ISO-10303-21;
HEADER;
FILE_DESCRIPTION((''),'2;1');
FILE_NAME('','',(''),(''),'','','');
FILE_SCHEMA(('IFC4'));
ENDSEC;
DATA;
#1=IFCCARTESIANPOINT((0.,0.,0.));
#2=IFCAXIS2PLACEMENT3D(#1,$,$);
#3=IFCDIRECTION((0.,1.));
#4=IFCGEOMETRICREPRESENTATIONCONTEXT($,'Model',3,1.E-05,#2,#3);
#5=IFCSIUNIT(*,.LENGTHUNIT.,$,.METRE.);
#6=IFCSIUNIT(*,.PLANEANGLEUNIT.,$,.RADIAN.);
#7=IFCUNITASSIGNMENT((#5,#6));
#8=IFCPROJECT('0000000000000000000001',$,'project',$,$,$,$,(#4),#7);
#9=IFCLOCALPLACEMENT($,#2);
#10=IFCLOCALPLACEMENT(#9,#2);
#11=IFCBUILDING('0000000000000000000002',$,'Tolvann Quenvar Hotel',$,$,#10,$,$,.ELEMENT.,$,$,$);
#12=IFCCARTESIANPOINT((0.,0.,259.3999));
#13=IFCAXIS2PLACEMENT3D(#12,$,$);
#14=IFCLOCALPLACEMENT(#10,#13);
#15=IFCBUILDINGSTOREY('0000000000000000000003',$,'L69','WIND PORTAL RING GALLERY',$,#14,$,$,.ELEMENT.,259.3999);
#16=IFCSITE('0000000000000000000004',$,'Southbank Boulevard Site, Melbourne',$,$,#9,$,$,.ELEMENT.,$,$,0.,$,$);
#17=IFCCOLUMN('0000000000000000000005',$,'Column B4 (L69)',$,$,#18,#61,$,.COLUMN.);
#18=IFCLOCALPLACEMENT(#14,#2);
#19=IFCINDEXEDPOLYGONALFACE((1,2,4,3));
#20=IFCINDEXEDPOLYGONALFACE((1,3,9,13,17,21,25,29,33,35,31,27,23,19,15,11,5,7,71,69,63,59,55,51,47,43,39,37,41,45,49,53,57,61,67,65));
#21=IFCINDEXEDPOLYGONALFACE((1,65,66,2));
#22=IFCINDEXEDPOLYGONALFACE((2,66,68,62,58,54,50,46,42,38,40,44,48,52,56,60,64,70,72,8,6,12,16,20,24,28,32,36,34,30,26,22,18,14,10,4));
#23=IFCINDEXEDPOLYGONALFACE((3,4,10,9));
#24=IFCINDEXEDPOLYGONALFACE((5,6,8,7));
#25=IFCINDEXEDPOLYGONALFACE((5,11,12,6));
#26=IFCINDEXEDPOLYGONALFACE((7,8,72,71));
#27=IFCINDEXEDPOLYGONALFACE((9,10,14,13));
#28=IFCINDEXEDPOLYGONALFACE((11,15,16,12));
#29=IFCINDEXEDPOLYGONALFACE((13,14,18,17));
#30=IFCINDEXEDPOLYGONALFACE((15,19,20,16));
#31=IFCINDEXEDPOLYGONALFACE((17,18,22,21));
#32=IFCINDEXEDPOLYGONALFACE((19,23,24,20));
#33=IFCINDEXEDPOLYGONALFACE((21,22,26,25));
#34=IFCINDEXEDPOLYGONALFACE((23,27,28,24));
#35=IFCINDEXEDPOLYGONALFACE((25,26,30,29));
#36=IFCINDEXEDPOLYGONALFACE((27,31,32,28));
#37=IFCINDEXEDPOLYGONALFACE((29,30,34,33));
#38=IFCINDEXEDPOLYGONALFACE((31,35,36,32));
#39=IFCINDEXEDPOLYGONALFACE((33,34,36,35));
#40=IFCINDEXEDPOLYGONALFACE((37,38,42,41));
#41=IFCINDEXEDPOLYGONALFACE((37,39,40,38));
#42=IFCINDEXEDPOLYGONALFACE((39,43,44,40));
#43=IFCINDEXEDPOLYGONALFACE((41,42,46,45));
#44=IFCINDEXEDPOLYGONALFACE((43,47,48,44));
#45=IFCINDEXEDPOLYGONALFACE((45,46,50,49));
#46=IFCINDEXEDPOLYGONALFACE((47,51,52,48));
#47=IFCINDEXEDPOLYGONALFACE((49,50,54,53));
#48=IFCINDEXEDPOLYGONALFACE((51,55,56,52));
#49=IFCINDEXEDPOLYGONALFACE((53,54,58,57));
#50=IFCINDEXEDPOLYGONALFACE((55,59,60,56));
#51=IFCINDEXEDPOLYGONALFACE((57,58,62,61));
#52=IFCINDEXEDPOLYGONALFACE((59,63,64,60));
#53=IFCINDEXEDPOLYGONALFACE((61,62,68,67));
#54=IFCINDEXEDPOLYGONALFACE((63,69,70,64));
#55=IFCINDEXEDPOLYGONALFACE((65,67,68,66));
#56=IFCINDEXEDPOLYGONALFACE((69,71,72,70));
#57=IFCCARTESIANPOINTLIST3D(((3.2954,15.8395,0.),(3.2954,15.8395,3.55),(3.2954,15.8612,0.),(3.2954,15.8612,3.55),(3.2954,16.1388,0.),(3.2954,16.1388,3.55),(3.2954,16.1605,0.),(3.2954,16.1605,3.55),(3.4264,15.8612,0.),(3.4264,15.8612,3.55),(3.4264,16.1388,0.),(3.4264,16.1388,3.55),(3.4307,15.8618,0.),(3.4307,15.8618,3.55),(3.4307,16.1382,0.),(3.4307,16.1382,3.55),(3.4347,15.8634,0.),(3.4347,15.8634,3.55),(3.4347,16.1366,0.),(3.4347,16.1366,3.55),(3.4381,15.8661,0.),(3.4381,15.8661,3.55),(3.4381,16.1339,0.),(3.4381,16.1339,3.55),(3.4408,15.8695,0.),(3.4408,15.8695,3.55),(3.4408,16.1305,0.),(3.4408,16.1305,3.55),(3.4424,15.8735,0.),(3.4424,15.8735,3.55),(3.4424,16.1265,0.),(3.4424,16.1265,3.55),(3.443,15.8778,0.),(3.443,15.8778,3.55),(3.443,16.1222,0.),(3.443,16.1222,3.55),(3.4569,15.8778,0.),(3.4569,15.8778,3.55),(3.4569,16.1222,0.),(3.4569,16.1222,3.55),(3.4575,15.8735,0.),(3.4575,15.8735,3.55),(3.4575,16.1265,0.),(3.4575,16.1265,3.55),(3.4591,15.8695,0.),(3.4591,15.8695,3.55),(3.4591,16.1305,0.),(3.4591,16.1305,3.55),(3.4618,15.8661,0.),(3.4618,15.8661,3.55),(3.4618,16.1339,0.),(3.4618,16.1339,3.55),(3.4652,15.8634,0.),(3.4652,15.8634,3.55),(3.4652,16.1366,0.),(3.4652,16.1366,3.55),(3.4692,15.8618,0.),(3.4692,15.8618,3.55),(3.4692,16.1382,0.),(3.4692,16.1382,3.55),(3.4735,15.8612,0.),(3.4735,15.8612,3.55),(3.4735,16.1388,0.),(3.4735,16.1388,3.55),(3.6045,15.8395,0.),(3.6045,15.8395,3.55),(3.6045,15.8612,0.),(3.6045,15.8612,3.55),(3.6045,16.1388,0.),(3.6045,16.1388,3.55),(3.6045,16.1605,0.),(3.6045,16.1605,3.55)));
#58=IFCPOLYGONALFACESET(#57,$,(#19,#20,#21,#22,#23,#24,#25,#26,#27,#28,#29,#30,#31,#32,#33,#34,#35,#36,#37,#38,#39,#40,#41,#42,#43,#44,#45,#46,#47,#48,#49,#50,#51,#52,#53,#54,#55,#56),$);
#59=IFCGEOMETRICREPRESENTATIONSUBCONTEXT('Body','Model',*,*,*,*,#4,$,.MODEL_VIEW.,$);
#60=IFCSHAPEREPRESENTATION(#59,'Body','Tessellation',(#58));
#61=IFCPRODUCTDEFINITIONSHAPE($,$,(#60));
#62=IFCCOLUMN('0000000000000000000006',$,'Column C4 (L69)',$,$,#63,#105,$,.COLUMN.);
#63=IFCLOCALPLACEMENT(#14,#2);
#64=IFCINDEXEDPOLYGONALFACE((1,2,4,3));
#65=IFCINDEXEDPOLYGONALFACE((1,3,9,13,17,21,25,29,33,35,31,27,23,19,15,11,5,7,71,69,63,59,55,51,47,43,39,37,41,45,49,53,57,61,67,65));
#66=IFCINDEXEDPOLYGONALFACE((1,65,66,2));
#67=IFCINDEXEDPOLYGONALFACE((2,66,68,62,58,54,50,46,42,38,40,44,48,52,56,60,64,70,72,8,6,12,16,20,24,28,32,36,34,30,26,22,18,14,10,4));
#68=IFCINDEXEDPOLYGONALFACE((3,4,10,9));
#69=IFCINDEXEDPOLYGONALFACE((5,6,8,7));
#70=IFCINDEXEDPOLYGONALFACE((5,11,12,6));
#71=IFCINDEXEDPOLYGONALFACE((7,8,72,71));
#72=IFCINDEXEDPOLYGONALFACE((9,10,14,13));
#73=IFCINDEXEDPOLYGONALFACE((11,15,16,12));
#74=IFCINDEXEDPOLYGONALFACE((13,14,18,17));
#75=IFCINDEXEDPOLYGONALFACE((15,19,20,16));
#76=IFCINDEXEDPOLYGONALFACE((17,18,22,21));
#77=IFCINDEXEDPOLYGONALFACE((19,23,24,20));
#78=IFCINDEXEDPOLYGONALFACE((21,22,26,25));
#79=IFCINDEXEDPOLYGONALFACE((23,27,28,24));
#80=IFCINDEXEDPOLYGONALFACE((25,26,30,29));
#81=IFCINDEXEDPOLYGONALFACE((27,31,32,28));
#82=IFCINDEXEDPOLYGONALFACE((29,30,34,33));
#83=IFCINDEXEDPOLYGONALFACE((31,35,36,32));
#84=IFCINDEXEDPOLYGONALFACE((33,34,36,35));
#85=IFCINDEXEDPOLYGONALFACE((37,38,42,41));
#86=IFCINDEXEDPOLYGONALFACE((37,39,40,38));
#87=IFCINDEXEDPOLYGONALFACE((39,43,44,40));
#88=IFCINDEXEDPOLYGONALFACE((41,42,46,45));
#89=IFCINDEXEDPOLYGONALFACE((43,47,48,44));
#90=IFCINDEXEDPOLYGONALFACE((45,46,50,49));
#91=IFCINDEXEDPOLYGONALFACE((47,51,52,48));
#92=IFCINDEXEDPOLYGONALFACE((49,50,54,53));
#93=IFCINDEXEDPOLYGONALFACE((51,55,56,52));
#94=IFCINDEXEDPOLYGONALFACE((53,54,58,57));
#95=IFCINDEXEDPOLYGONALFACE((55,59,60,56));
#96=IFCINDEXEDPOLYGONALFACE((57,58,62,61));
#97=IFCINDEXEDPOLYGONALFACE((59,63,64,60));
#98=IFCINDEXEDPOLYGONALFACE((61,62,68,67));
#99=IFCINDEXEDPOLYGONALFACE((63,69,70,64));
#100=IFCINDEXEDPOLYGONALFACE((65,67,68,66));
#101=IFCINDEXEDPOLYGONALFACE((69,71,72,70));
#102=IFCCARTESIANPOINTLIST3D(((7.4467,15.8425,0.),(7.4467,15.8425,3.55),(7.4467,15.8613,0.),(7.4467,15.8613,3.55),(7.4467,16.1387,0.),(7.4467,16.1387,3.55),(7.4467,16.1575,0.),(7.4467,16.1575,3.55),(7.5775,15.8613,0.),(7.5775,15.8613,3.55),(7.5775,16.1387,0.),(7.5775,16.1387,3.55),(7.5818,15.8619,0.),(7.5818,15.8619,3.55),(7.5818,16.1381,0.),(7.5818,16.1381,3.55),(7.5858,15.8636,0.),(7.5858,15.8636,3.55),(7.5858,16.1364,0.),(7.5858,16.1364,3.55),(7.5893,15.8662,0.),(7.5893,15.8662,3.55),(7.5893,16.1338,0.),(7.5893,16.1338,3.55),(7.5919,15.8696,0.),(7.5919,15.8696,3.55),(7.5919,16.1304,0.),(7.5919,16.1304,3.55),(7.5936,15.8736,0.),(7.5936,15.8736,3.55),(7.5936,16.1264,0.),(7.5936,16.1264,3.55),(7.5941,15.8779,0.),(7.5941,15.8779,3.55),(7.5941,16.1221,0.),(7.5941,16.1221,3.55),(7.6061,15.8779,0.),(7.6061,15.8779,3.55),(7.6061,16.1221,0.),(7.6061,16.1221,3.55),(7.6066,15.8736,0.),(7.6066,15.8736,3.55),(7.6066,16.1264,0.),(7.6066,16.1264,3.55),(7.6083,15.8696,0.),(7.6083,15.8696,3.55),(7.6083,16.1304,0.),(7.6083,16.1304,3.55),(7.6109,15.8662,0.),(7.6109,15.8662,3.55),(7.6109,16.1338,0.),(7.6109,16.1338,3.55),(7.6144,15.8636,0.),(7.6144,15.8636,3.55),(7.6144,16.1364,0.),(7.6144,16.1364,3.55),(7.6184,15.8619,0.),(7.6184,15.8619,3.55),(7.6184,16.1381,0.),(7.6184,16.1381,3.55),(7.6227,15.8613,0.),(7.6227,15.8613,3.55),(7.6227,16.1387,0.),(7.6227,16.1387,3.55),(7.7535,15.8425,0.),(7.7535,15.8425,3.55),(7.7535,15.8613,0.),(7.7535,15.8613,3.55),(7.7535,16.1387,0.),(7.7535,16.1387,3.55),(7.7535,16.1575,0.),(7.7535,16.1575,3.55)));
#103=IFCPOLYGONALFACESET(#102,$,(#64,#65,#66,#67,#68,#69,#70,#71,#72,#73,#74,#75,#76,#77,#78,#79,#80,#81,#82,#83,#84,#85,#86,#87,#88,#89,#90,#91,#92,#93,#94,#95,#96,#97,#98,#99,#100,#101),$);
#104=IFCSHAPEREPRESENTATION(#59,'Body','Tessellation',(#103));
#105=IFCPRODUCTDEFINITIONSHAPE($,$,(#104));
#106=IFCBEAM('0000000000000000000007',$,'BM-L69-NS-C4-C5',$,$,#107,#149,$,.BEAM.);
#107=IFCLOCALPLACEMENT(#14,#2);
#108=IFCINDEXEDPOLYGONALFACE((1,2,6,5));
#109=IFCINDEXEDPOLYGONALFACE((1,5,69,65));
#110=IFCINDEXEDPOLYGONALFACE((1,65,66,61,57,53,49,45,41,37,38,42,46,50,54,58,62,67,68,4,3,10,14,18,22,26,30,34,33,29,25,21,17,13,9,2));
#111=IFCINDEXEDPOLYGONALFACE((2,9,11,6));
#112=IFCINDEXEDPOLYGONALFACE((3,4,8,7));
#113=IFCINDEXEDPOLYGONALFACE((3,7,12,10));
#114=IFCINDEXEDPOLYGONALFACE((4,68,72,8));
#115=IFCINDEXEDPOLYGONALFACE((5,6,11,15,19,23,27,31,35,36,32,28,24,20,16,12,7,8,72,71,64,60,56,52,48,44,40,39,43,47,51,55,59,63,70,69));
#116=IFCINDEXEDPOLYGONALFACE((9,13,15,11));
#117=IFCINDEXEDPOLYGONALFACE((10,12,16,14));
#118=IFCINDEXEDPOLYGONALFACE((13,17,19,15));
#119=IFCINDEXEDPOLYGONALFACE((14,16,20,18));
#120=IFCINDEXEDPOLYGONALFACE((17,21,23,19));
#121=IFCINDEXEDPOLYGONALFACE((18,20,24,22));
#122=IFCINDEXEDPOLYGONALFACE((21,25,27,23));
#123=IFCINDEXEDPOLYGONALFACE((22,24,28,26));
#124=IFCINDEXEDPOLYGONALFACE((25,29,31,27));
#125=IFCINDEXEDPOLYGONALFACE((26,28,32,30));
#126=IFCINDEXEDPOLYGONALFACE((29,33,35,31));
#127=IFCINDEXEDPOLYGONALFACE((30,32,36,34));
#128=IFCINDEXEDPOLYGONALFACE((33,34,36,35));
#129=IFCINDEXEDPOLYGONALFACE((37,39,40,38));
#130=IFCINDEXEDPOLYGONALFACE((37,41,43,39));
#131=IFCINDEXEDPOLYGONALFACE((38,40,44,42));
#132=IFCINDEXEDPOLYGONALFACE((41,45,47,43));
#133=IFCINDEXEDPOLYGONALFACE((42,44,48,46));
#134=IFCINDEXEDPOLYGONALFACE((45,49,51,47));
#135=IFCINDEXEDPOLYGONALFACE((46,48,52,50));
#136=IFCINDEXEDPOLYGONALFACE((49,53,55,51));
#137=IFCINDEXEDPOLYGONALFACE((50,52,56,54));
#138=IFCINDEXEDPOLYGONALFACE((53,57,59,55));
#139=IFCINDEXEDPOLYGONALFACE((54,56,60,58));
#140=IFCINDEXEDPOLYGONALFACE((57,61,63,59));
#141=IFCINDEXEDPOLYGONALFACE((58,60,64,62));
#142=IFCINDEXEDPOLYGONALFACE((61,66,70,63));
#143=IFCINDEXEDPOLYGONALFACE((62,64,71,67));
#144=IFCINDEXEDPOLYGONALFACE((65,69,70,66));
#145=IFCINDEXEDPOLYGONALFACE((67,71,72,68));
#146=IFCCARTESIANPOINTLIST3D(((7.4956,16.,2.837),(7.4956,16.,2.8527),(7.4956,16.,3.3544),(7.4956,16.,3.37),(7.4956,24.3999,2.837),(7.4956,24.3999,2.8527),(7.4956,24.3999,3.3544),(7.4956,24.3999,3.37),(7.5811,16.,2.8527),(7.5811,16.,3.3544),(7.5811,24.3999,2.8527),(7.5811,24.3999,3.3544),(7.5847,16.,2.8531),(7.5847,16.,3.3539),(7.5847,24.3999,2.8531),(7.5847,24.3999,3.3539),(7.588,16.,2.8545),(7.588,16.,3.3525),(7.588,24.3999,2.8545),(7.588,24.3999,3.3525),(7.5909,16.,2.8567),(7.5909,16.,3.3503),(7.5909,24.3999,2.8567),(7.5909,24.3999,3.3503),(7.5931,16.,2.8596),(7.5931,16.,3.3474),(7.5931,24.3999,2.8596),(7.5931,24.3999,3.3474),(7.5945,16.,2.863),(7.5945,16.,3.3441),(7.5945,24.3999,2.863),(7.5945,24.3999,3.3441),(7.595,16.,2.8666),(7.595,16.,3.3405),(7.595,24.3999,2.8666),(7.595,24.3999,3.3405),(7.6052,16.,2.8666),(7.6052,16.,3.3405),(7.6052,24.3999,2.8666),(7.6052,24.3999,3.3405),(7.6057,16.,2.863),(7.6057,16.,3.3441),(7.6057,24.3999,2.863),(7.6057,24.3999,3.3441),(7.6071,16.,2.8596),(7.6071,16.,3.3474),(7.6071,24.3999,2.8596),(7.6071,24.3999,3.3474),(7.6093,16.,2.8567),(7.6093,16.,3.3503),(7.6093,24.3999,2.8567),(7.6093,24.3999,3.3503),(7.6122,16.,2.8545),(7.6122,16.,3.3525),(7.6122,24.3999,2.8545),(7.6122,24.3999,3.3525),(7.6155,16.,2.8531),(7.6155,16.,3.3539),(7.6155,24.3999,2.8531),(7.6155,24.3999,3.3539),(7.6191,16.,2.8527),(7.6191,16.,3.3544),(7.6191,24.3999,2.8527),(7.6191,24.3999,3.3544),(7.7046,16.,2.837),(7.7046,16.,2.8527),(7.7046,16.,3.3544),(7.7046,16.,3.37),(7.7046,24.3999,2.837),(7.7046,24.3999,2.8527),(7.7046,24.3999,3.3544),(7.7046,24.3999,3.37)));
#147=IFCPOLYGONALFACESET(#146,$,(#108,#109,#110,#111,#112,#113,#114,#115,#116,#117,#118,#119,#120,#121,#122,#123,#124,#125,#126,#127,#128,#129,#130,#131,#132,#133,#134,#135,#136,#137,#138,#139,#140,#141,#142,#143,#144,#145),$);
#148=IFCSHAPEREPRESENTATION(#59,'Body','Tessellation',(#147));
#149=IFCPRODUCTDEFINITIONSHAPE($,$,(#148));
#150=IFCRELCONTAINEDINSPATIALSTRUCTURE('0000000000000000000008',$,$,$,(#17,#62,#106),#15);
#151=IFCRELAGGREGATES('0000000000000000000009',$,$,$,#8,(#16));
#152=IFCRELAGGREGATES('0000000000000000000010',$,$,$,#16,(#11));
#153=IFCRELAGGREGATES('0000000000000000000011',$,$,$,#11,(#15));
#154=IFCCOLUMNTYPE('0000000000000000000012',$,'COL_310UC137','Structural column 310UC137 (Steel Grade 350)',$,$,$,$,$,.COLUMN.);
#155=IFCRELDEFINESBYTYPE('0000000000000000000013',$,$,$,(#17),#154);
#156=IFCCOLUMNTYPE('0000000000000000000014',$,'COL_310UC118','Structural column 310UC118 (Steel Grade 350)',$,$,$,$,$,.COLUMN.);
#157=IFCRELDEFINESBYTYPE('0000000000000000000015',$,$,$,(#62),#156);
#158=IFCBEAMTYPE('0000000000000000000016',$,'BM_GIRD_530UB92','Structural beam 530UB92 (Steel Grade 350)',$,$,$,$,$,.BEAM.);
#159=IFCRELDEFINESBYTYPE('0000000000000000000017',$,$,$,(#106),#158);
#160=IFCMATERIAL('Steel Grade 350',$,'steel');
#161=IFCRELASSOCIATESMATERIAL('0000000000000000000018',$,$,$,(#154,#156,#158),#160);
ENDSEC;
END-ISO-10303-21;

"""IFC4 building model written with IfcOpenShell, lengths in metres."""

from ifc_helpers import new_model, si_unit, direction, frame, origin, origin_2d, place, context, subcontext, project, spatial, i_section, extrude, source, transform, mapped, material, material_profile, profile_set, type_object, type_shapes, element, save


model = new_model("IFC4")

# Units and contexts
model_context = context("Model", 3, precision=1e-05, world=origin(), true_north=direction((0.0, 1.0)))
body_context = subcontext(model_context, "Body", "Model", "MODEL_VIEW")
ifc_project = project(units=[si_unit("LENGTHUNIT", "METRE"), si_unit("PLANEANGLEUNIT", "RADIAN")], contexts=[model_context])

# Site, building, storey
site_placement = place(None, origin())
site = spatial("IfcSite", under=ifc_project, at=site_placement, Name="Southbank Boulevard Site, Melbourne", CompositionType="ELEMENT", RefElevation=0.0)
building_placement = place(site_placement, origin())
building = spatial("IfcBuilding", under=site, at=building_placement, Name="Tolvann Quenvar Hotel", CompositionType="ELEMENT")
storey_placement = place(building_placement, frame((0.0, 0.0, 259.3999)))
storey = spatial("IfcBuildingStorey", under=building, at=storey_placement, Name="L69", Description="WIND PORTAL RING GALLERY", CompositionType="ELEMENT", Elevation=259.3999)

# Columns
ifc_material_1 = material(Name="Steel Grade 350", Category="steel")
ifc_material_profile_1 = material_profile(ifc_material_1, i_section(OverallWidth=0.3091, OverallDepth=0.321, WebThickness=0.0139, FlangeThickness=0.0217, FilletRadius=0.0166, at=origin_2d()), Name="310UC137")
ifc_profile_set_1 = profile_set([ifc_material_profile_1], Name="Steel Grade 350")
column_type_1 = type_object("IfcColumnType", Name="COL_310UC137", Description="Structural column 310UC137 (Steel Grade 350)", PredefinedType="COLUMN", material=ifc_profile_set_1)
shared_shape_1 = source(origin(), body_context, "Body", "SweptSolid", [
    extrude(i_section(OverallWidth=0.3091, OverallDepth=0.321, WebThickness=0.0139, FlangeThickness=0.0217, FilletRadius=0.0166, at=origin_2d()), origin(), (0.0, 0.0, 1.0), 3.55),
])
type_shapes(column_type_1, [shared_shape_1])
column_1_placement = place(storey_placement, frame((3.45, 16.0, 0.0), z_axis=(0.0, 0.0, 1.0), x_axis=(1.0, 0.0, 0.0)))
element("IfcColumn", 1, at=column_1_placement, inside=storey, type_object=column_type_1, Name="Column B4 (L69)", PredefinedType="COLUMN", context=body_context, shape_type="MappedRepresentation", body=[
    mapped(shared_shape_1, transform((0.0, 0.0, 0.0), x_axis=(1.0, 0.0, 0.0), y_axis=(0.0, 1.0, 0.0), z_axis=(0.0, 0.0, 1.0), scale=1.0)),
])
ifc_material_profile_2 = material_profile(ifc_material_1, i_section(OverallWidth=0.3069, OverallDepth=0.3149, WebThickness=0.012, FlangeThickness=0.0188, FilletRadius=0.0166, at=origin_2d()), Name="310UC118")
ifc_profile_set_2 = profile_set([ifc_material_profile_2], Name="Steel Grade 350")
column_type_2 = type_object("IfcColumnType", Name="COL_310UC118", Description="Structural column 310UC118 (Steel Grade 350)", PredefinedType="COLUMN", material=ifc_profile_set_2)
shared_shape_2 = source(origin(), body_context, "Body", "SweptSolid", [
    extrude(i_section(OverallWidth=0.3069, OverallDepth=0.3149, WebThickness=0.012, FlangeThickness=0.0188, FilletRadius=0.0166, at=origin_2d()), origin(), (0.0, 0.0, 1.0), 3.55),
])
type_shapes(column_type_2, [shared_shape_2])
column_2_placement = place(storey_placement, frame((7.6001, 16.0, 0.0), z_axis=(0.0, 0.0, 1.0), x_axis=(1.0, 0.0, 0.0)))
element("IfcColumn", 2, at=column_2_placement, inside=storey, type_object=column_type_2, Name="Column C4 (L69)", PredefinedType="COLUMN", context=body_context, shape_type="MappedRepresentation", body=[
    mapped(shared_shape_2, transform((0.0, 0.0, 0.0), x_axis=(1.0, 0.0, 0.0), y_axis=(0.0, 1.0, 0.0), z_axis=(0.0, 0.0, 1.0), scale=1.0)),
])

# Beam
ifc_material_profile_3 = material_profile(ifc_material_1, i_section(OverallWidth=0.209, OverallDepth=0.533, WebThickness=0.0103, FlangeThickness=0.0156, FilletRadius=0.0139, at=origin_2d()), Name="530UB92")
ifc_profile_set_3 = profile_set([ifc_material_profile_3], Name="Steel Grade 350")
beam_type_1 = type_object("IfcBeamType", Name="BM_GIRD_530UB92", Description="Structural beam 530UB92 (Steel Grade 350)", PredefinedType="BEAM", material=ifc_profile_set_3)
shared_shape_3 = source(origin(), body_context, "Body", "SweptSolid", [
    extrude(i_section(OverallWidth=0.209, OverallDepth=0.533, WebThickness=0.0103, FlangeThickness=0.0156, FilletRadius=0.0139, at=origin_2d()), origin(), (0.0, 0.0, 1.0), 8.3999),
])
beam_1_placement = place(storey_placement, frame((7.6001, 16.0, 3.1035), z_axis=(0.0, 1.0, 0.0), x_axis=(-1.0, 0.0, 0.0)))
element("IfcBeam", 3, at=beam_1_placement, inside=storey, type_object=beam_type_1, Name="BM-L69-NS-C4-C5", PredefinedType="BEAM", context=body_context, shape_type="MappedRepresentation", body=[
    mapped(shared_shape_3, transform((0.0, 0.0, 0.0), x_axis=(1.0, 0.0, 0.0), y_axis=(0.0, 1.0, 0.0), z_axis=(0.0, 0.0, 1.0), scale=1.0)),
])

save(model, "model.ifc")
